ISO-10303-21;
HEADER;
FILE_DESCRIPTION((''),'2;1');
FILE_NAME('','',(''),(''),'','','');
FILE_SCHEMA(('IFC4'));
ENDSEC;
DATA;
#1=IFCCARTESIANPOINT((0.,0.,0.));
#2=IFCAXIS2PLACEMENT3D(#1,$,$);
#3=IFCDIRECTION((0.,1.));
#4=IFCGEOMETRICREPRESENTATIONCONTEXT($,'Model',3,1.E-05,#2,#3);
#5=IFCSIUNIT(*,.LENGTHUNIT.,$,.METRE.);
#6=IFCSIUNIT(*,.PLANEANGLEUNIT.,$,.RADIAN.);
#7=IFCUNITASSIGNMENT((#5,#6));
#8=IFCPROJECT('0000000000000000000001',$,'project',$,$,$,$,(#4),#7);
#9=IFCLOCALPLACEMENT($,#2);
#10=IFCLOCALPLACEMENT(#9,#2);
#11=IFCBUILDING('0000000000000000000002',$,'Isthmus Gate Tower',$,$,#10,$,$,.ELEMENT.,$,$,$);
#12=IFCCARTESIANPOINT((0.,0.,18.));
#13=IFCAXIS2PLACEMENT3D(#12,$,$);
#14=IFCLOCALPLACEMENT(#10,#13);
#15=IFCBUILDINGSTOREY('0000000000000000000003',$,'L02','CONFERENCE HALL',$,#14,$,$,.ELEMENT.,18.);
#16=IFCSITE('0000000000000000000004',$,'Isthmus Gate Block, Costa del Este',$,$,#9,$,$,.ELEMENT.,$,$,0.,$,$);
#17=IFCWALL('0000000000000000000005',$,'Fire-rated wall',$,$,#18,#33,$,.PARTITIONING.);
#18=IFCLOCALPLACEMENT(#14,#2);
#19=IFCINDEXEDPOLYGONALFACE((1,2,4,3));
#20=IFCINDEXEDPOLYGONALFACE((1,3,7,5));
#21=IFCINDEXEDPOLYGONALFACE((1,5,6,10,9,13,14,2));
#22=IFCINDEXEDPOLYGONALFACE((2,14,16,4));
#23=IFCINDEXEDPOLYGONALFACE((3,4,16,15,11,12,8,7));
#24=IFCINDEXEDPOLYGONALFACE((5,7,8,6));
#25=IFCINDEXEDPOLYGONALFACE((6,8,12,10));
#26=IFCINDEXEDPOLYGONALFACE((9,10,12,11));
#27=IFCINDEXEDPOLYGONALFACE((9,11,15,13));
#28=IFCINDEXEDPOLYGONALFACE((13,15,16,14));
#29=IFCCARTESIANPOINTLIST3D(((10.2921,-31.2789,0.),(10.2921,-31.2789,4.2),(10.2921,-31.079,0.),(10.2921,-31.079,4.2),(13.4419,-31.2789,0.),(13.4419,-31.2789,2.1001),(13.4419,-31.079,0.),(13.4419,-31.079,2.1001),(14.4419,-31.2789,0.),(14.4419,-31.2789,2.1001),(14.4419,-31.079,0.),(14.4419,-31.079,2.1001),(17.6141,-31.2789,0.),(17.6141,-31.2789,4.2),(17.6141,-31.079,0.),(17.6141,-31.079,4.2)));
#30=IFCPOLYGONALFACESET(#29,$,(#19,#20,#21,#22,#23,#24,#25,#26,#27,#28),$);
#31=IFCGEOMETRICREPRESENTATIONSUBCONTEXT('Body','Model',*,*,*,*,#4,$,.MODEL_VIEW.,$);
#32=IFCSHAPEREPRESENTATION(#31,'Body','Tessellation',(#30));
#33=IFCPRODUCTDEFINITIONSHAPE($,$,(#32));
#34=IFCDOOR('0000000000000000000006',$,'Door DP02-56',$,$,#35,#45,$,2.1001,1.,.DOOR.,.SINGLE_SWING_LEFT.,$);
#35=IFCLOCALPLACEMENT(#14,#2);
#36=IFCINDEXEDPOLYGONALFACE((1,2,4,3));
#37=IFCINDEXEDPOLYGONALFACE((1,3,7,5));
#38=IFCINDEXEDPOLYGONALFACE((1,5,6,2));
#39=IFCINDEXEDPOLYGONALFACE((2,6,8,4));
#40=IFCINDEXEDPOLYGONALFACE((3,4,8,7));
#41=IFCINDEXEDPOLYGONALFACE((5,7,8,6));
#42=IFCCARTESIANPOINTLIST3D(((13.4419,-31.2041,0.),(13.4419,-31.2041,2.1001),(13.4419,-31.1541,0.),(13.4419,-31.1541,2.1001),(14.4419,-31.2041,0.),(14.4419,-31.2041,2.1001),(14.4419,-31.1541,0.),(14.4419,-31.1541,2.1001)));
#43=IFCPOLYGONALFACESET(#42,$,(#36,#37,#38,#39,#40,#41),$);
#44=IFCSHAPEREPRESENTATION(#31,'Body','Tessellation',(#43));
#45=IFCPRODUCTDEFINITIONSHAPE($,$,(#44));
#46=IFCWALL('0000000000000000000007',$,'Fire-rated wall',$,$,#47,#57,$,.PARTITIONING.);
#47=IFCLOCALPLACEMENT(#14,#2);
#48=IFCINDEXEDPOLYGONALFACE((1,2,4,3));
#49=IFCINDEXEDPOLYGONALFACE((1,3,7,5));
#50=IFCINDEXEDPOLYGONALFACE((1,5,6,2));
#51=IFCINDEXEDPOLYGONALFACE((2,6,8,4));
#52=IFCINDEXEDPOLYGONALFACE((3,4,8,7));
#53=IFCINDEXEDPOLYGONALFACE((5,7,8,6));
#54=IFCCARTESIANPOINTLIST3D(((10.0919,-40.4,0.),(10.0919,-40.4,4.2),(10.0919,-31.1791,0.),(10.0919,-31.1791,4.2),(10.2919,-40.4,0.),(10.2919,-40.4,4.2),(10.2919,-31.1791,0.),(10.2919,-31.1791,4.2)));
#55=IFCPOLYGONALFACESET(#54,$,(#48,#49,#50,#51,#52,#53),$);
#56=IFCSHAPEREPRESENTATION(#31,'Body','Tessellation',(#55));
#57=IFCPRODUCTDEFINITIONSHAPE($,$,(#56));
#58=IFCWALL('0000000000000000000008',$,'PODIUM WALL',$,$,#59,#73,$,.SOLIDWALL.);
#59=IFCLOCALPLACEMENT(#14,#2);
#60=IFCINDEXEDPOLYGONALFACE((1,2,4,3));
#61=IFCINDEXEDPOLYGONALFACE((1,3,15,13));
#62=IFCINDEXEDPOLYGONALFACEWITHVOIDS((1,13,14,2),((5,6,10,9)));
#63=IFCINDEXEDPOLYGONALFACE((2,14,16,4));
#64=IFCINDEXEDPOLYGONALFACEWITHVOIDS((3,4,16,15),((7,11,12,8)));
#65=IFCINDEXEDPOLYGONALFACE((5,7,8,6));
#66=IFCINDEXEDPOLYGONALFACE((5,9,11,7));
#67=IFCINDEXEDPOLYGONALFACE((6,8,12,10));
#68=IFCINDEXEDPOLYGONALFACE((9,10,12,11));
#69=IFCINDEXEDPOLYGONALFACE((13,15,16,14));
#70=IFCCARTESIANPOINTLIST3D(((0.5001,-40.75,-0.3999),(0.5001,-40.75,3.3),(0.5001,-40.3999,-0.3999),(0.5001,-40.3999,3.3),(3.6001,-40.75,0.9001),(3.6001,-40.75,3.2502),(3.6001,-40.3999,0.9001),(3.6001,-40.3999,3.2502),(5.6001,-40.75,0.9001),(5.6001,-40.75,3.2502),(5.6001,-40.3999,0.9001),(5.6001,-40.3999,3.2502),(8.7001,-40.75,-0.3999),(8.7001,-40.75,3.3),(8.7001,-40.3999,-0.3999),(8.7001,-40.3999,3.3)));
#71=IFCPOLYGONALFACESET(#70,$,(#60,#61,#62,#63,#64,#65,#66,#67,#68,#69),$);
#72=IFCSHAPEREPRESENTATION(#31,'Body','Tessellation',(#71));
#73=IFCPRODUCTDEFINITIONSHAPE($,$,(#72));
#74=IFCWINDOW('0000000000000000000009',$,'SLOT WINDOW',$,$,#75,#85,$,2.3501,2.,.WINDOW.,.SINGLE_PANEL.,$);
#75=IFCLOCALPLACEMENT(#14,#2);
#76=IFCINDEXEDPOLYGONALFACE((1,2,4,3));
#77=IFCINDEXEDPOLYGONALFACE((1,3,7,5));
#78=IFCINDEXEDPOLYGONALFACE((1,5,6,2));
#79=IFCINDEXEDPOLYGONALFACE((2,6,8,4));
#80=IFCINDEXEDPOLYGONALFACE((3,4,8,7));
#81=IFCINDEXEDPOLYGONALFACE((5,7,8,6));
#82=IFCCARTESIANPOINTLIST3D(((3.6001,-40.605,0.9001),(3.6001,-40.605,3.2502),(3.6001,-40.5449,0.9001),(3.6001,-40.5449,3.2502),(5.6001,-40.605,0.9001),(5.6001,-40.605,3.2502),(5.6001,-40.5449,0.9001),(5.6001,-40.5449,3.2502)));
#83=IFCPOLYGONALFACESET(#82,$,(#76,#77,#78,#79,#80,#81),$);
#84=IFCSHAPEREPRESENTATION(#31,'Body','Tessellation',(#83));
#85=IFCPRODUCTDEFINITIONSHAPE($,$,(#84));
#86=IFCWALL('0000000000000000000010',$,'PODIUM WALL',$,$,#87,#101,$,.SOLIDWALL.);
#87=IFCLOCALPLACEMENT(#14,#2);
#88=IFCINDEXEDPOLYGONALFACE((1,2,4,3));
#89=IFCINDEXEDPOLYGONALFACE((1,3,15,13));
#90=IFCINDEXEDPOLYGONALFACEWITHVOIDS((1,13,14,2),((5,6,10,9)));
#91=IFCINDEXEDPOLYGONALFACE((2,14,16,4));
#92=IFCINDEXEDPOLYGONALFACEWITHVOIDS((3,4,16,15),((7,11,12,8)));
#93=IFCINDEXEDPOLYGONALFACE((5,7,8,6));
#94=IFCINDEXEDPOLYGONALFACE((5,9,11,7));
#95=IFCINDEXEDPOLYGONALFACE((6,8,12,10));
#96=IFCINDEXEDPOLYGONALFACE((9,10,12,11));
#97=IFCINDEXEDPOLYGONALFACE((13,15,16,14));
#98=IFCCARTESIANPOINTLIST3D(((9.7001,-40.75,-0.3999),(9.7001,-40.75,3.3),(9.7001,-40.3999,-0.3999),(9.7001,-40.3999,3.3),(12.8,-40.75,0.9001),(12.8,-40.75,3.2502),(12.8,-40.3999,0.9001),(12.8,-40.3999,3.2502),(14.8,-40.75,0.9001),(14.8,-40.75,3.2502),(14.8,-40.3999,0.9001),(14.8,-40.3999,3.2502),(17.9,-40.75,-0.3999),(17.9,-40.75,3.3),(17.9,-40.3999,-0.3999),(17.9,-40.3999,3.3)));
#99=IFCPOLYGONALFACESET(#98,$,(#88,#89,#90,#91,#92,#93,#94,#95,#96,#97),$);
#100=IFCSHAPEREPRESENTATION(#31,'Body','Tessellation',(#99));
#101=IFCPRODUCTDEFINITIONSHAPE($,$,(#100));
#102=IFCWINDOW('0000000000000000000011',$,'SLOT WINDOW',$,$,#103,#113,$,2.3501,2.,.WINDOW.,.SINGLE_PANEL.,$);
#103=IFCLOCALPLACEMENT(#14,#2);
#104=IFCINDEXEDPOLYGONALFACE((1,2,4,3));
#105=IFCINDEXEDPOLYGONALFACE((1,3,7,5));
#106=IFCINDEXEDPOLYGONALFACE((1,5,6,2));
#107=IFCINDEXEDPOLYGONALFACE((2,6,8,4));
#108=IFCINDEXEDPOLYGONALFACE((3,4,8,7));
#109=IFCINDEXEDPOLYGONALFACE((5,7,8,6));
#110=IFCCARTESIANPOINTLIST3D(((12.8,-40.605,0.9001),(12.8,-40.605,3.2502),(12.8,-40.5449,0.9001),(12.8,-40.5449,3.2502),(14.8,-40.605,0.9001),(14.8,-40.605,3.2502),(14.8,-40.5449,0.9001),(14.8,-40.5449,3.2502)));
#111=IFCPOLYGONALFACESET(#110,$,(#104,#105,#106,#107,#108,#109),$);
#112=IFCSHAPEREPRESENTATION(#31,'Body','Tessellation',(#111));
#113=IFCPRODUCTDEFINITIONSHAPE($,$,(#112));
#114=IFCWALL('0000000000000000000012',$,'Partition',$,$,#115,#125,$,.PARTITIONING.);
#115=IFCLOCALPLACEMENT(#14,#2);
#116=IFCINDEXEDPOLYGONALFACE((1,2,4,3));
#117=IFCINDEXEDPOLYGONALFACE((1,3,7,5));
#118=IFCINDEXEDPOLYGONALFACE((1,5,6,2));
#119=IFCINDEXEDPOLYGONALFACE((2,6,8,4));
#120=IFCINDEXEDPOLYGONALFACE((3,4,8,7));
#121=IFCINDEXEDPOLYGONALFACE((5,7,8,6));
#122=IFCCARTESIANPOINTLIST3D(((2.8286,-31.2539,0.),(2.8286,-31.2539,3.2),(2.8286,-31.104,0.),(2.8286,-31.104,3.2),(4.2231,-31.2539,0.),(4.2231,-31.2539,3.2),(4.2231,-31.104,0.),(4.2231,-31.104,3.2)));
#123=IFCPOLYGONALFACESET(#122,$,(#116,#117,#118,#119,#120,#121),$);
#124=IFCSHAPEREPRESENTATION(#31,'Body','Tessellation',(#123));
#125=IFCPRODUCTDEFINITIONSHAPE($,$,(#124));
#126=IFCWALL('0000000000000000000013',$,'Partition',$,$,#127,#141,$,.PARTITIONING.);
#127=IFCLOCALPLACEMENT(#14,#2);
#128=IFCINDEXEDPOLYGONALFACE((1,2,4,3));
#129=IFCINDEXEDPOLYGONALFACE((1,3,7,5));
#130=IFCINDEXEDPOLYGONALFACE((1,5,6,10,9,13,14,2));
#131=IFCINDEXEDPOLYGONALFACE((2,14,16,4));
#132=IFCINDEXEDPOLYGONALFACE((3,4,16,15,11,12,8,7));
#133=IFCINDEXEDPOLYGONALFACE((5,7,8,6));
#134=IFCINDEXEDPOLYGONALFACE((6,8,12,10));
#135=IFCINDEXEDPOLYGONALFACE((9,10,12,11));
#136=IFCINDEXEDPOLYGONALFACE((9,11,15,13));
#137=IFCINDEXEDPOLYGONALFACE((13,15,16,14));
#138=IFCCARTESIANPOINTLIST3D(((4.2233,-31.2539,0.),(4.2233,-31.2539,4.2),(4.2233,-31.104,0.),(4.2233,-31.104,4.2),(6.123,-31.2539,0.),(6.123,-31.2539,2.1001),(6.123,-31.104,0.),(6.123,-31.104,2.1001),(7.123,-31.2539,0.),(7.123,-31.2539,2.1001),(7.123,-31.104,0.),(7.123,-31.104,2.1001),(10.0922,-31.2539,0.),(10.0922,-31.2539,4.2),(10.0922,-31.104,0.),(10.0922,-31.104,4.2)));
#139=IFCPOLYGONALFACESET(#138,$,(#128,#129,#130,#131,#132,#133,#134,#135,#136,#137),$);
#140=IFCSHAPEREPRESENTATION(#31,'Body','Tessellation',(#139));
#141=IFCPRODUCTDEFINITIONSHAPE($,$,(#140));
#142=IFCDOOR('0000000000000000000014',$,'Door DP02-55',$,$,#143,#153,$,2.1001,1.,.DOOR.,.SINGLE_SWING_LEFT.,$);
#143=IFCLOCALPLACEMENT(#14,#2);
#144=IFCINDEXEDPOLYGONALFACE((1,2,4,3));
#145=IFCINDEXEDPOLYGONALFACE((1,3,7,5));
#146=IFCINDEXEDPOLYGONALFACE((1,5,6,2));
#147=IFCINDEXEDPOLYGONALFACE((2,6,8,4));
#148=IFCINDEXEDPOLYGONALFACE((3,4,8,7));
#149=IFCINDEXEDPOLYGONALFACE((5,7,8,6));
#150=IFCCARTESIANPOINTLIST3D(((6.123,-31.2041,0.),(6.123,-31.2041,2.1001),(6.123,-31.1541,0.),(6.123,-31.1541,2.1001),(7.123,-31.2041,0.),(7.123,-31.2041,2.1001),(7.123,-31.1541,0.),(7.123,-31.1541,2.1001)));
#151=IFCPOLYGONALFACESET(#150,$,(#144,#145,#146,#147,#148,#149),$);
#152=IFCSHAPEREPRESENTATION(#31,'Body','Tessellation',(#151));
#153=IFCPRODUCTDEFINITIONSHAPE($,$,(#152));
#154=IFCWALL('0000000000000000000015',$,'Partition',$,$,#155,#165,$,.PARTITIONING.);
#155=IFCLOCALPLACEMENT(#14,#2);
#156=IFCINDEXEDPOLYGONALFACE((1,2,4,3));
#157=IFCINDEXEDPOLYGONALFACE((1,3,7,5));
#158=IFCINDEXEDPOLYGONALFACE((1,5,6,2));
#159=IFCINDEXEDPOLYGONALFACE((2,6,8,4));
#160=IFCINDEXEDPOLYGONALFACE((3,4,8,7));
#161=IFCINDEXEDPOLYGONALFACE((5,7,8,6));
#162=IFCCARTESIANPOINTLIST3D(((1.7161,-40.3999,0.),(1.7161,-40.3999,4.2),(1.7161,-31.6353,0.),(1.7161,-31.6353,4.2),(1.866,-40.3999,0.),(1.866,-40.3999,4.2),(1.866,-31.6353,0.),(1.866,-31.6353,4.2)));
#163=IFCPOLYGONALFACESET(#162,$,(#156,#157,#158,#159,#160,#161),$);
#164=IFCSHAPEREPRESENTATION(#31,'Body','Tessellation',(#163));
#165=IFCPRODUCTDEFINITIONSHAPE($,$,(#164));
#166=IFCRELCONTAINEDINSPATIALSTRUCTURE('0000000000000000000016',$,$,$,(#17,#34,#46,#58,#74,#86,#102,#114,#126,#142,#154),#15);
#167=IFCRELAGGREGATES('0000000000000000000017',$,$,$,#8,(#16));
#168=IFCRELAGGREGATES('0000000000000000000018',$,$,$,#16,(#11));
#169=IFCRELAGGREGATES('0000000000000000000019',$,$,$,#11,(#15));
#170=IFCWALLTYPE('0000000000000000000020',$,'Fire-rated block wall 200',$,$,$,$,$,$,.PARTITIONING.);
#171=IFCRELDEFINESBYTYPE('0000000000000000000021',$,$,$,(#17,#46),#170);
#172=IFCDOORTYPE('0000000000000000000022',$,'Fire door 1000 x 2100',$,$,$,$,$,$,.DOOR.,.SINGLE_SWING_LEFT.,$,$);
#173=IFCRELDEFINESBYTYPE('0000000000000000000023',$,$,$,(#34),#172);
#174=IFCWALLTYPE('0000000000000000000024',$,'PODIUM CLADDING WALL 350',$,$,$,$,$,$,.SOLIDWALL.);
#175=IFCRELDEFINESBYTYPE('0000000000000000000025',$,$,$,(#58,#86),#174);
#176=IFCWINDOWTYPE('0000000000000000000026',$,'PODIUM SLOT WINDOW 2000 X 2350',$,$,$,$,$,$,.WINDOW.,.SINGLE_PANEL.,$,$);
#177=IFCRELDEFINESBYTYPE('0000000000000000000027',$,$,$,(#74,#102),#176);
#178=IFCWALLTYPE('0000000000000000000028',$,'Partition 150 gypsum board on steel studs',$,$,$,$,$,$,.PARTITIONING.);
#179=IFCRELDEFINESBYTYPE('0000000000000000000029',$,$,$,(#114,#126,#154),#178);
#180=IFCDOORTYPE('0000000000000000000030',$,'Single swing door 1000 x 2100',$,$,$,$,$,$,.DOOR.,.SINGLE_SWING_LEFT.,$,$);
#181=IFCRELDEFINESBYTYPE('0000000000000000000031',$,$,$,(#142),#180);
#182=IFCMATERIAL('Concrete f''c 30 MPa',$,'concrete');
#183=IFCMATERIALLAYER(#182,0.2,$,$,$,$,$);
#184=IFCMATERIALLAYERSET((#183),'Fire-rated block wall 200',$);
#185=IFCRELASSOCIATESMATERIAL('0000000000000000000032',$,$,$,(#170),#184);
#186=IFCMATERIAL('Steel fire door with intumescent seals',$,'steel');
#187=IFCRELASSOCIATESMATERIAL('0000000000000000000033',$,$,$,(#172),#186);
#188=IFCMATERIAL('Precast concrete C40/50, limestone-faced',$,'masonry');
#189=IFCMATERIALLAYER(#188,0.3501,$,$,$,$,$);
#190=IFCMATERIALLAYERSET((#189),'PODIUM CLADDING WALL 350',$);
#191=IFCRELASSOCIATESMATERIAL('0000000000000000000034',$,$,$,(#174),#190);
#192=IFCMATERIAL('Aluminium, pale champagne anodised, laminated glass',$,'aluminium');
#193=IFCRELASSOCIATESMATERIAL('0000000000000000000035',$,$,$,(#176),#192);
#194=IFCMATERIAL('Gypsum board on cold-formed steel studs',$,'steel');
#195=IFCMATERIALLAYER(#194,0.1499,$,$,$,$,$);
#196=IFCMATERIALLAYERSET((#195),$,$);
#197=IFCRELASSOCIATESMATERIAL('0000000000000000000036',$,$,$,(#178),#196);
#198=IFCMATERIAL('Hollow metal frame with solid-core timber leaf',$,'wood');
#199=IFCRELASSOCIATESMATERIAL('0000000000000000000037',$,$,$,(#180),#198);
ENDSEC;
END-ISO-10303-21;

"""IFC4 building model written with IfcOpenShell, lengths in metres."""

from ifc_helpers import new_model, si_unit, direction, frame, frame_2d, origin, place, context, subcontext, project, spatial, rectangle, extrude, material, layer, layer_set, type_object, element, fill, save


model = new_model("IFC4")

# Units and contexts
model_context = context("Model", 3, precision=1e-05, world=origin(), true_north=direction((0.0, 1.0)))
body_context = subcontext(model_context, "Body", "Model", "MODEL_VIEW")
ifc_project = project(units=[si_unit("LENGTHUNIT", "METRE"), si_unit("PLANEANGLEUNIT", "RADIAN")], contexts=[model_context])

# Site, building, storey
site_placement = place(None, origin())
site = spatial("IfcSite", under=ifc_project, at=site_placement, Name="Isthmus Gate Block, Costa del Este", CompositionType="ELEMENT", RefElevation=0.0)
building_placement = place(site_placement, origin())
building = spatial("IfcBuilding", under=site, at=building_placement, Name="Isthmus Gate Tower", CompositionType="ELEMENT")
storey_placement = place(building_placement, frame((0.0, 0.0, 18.0)))
storey = spatial("IfcBuildingStorey", under=building, at=storey_placement, Name="L02", Description="CONFERENCE HALL", CompositionType="ELEMENT", Elevation=18.0)

# Wall, opening, door
ifc_material_1 = material(Name="Concrete f'c 30 MPa", Category="concrete")
ifc_layer_1 = layer(ifc_material_1, 0.2)
ifc_layer_set_1 = layer_set([ifc_layer_1], Name="Fire-rated block wall 200")
wall_type_1 = type_object("IfcWallType", Name="Fire-rated block wall 200", PredefinedType="PARTITIONING", material=ifc_layer_set_1)
wall_1_placement = place(storey_placement, frame((10.292, -31.179, 0.0), z_axis=(0.0, 0.0, 1.0), x_axis=(1.0, 0.0, 0.0)))
wall_1 = element("IfcWall", 1, at=wall_1_placement, inside=storey, type_object=wall_type_1, Name="Fire-rated wall", PredefinedType="PARTITIONING", context=body_context, shape_type="SweptSolid", body=[
    extrude(rectangle(XDim=7.322, YDim=0.2, at=frame_2d((3.6611, 0.0))), origin(), (0.0, 0.0, 1.0), 4.2),
])
opening_1_placement = place(wall_1_placement, frame((3.1499, 0.0, 0.0)))
opening_1 = element("IfcOpeningElement", 2, at=opening_1_placement, cuts=wall_1, PredefinedType="OPENING", context=body_context, shape_type="SweptSolid", body=[
    extrude(rectangle(XDim=1.0, YDim=2.1001, at=frame_2d((0.5, 1.05))), frame((0.0, 0.1099, 0.0), z_axis=(0.0, -1.0, 0.0), x_axis=(1.0, 0.0, 0.0)), (0.0, 0.0, 1.0), 0.22),
])
ifc_material_2 = material(Name="Steel fire door with intumescent seals", Category="steel")
door_type_1 = type_object("IfcDoorType", Name="Fire door 1000 x 2100", OperationType="SINGLE_SWING_LEFT", PredefinedType="DOOR", material=ifc_material_2)
door_1_placement = place(opening_1_placement, origin())
door_1 = element("IfcDoor", 3, at=door_1_placement, inside=storey, type_object=door_type_1, Name="Door DP02-56", OperationType="SINGLE_SWING_LEFT", OverallHeight=2.1001, OverallWidth=1.0, PredefinedType="DOOR", context=body_context, shape_type="SweptSolid", body=[
    extrude(rectangle(XDim=1.0, YDim=2.1001, at=frame_2d((0.5, 1.05))), frame((0.0, 0.0249, 0.0), z_axis=(0.0, -1.0, 0.0), x_axis=(1.0, 0.0, 0.0)), (0.0, 0.0, 1.0), 0.05),
])
fill(opening_1, door_1)

# Wall
wall_2_placement = place(storey_placement, frame((10.1919, -40.3999, 0.0), z_axis=(0.0, 0.0, 1.0), x_axis=(0.0, 1.0, 0.0)))
element("IfcWall", 4, at=wall_2_placement, inside=storey, type_object=wall_type_1, Name="Fire-rated wall", PredefinedType="PARTITIONING", context=body_context, shape_type="SweptSolid", body=[
    extrude(rectangle(XDim=9.2209, YDim=0.2, at=frame_2d((4.6104, 0.0))), origin(), (0.0, 0.0, 1.0), 4.2),
])

# Walls, openings, windows
ifc_material_3 = material(Name="Precast concrete C40/50, limestone-faced", Category="masonry")
ifc_layer_2 = layer(ifc_material_3, 0.3501)
ifc_layer_set_2 = layer_set([ifc_layer_2], Name="PODIUM CLADDING WALL 350")
wall_type_2 = type_object("IfcWallType", Name="PODIUM CLADDING WALL 350", PredefinedType="SOLIDWALL", material=ifc_layer_set_2)
wall_3_placement = place(storey_placement, frame((0.5, -40.575, -0.3999), z_axis=(0.0, 0.0, 1.0), x_axis=(1.0, 0.0, 0.0)))
wall_3 = element("IfcWall", 5, at=wall_3_placement, inside=storey, type_object=wall_type_2, Name="PODIUM WALL", PredefinedType="SOLIDWALL", context=body_context, shape_type="SweptSolid", body=[
    extrude(rectangle(XDim=8.2, YDim=0.3501, at=frame_2d((4.1001, 0.0))), origin(), (0.0, 0.0, 1.0), 3.7),
])
opening_2_placement = place(wall_3_placement, frame((3.1001, 0.0, 1.3)))
opening_2 = element("IfcOpeningElement", 6, at=opening_2_placement, cuts=wall_3, PredefinedType="OPENING", context=body_context, shape_type="SweptSolid", body=[
    extrude(rectangle(XDim=2.0, YDim=2.3501, at=frame_2d((1.0, 1.175))), frame((0.0, 0.1851, 0.0), z_axis=(0.0, -1.0, 0.0), x_axis=(1.0, 0.0, 0.0)), (0.0, 0.0, 1.0), 0.3701),
])
ifc_material_4 = material(Name="Aluminium, pale champagne anodised, laminated glass", Category="aluminium")
window_type = type_object("IfcWindowType", Name="PODIUM SLOT WINDOW 2000 X 2350", PartitioningType="SINGLE_PANEL", PredefinedType="WINDOW", material=ifc_material_4)
window_1_placement = place(opening_2_placement, origin())
window_1 = element("IfcWindow", 7, at=window_1_placement, inside=storey, type_object=window_type, Name="SLOT WINDOW", OverallHeight=2.3501, OverallWidth=2.0, PartitioningType="SINGLE_PANEL", PredefinedType="WINDOW", context=body_context, shape_type="SweptSolid", body=[
    extrude(rectangle(XDim=2.0, YDim=2.3501, at=frame_2d((1.0, 1.175))), frame((0.0, 0.03, 0.0), z_axis=(0.0, -1.0, 0.0), x_axis=(1.0, 0.0, 0.0)), (0.0, 0.0, 1.0), 0.0601),
])
fill(opening_2, window_1)
wall_4_placement = place(storey_placement, frame((9.7, -40.575, -0.3999), z_axis=(0.0, 0.0, 1.0), x_axis=(1.0, 0.0, 0.0)))
wall_4 = element("IfcWall", 8, at=wall_4_placement, inside=storey, type_object=wall_type_2, Name="PODIUM WALL", PredefinedType="SOLIDWALL", context=body_context, shape_type="SweptSolid", body=[
    extrude(rectangle(XDim=8.2, YDim=0.3501, at=frame_2d((4.1001, 0.0))), origin(), (0.0, 0.0, 1.0), 3.7),
])
opening_3_placement = place(wall_4_placement, frame((3.1001, 0.0, 1.3)))
opening_3 = element("IfcOpeningElement", 9, at=opening_3_placement, cuts=wall_4, PredefinedType="OPENING", context=body_context, shape_type="SweptSolid", body=[
    extrude(rectangle(XDim=2.0, YDim=2.3501, at=frame_2d((1.0, 1.175))), frame((0.0, 0.1851, 0.0), z_axis=(0.0, -1.0, 0.0), x_axis=(1.0, 0.0, 0.0)), (0.0, 0.0, 1.0), 0.3701),
])
window_2_placement = place(opening_3_placement, origin())
window_2 = element("IfcWindow", 10, at=window_2_placement, inside=storey, type_object=window_type, Name="SLOT WINDOW", OverallHeight=2.3501, OverallWidth=2.0, PartitioningType="SINGLE_PANEL", PredefinedType="WINDOW", context=body_context, shape_type="SweptSolid", body=[
    extrude(rectangle(XDim=2.0, YDim=2.3501, at=frame_2d((1.0, 1.175))), frame((0.0, 0.03, 0.0), z_axis=(0.0, -1.0, 0.0), x_axis=(1.0, 0.0, 0.0)), (0.0, 0.0, 1.0), 0.0601),
])
fill(opening_3, window_2)

# Wall
ifc_material_5 = material(Name="Gypsum board on cold-formed steel studs", Category="steel")
ifc_layer_3 = layer(ifc_material_5, 0.1499)
ifc_layer_set_3 = layer_set([ifc_layer_3])
wall_type_3 = type_object("IfcWallType", Name="Partition 150 gypsum board on steel studs", PredefinedType="PARTITIONING", material=ifc_layer_set_3)
wall_5_placement = place(storey_placement, frame((2.8286, -31.179, 0.0), z_axis=(0.0, 0.0, 1.0), x_axis=(1.0, 0.0, 0.0)))
element("IfcWall", 11, at=wall_5_placement, inside=storey, type_object=wall_type_3, Name="Partition", PredefinedType="PARTITIONING", context=body_context, shape_type="SweptSolid", body=[
    extrude(rectangle(XDim=1.3945, YDim=0.1499, at=frame_2d((0.6973, 0.0))), origin(), (0.0, 0.0, 1.0), 3.2),
])

# Wall, opening, door
wall_6_placement = place(storey_placement, frame((4.2231, -31.179, 0.0), z_axis=(0.0, 0.0, 1.0), x_axis=(1.0, 0.0, 0.0)))
wall_6 = element("IfcWall", 12, at=wall_6_placement, inside=storey, type_object=wall_type_3, Name="Partition", PredefinedType="PARTITIONING", context=body_context, shape_type="SweptSolid", body=[
    extrude(rectangle(XDim=5.8689, YDim=0.1499, at=frame_2d((2.9346, 0.0))), origin(), (0.0, 0.0, 1.0), 4.2),
])
opening_4_placement = place(wall_6_placement, frame((1.8999, 0.0, 0.0)))
opening_4 = element("IfcOpeningElement", 13, at=opening_4_placement, cuts=wall_6, PredefinedType="OPENING", context=body_context, shape_type="SweptSolid", body=[
    extrude(rectangle(XDim=1.0, YDim=2.1001, at=frame_2d((0.5, 1.05))), frame((0.0, 0.085, 0.0), z_axis=(0.0, -1.0, 0.0), x_axis=(1.0, 0.0, 0.0)), (0.0, 0.0, 1.0), 0.1699),
])
ifc_material_6 = material(Name="Hollow metal frame with solid-core timber leaf", Category="wood")
door_type_2 = type_object("IfcDoorType", Name="Single swing door 1000 x 2100", OperationType="SINGLE_SWING_LEFT", PredefinedType="DOOR", material=ifc_material_6)
door_2_placement = place(opening_4_placement, origin())
door_2 = element("IfcDoor", 14, at=door_2_placement, inside=storey, type_object=door_type_2, Name="Door DP02-55", OperationType="SINGLE_SWING_LEFT", OverallHeight=2.1001, OverallWidth=1.0, PredefinedType="DOOR", context=body_context, shape_type="SweptSolid", body=[
    extrude(rectangle(XDim=1.0, YDim=2.1001, at=frame_2d((0.5, 1.05))), frame((0.0, 0.0249, 0.0), z_axis=(0.0, -1.0, 0.0), x_axis=(1.0, 0.0, 0.0)), (0.0, 0.0, 1.0), 0.05),
])
fill(opening_4, door_2)

# Wall
wall_7_placement = place(storey_placement, frame((1.791, -40.3999, 0.0), z_axis=(0.0, 0.0, 1.0), x_axis=(0.0, 1.0, 0.0)))
element("IfcWall", 15, at=wall_7_placement, inside=storey, type_object=wall_type_3, Name="Partition", PredefinedType="PARTITIONING", context=body_context, shape_type="SweptSolid", body=[
    extrude(rectangle(XDim=8.7646, YDim=0.1499, at=frame_2d((4.3823, 0.0))), origin(), (0.0, 0.0, 1.0), 4.2),
])

save(model, "model.ifc")
